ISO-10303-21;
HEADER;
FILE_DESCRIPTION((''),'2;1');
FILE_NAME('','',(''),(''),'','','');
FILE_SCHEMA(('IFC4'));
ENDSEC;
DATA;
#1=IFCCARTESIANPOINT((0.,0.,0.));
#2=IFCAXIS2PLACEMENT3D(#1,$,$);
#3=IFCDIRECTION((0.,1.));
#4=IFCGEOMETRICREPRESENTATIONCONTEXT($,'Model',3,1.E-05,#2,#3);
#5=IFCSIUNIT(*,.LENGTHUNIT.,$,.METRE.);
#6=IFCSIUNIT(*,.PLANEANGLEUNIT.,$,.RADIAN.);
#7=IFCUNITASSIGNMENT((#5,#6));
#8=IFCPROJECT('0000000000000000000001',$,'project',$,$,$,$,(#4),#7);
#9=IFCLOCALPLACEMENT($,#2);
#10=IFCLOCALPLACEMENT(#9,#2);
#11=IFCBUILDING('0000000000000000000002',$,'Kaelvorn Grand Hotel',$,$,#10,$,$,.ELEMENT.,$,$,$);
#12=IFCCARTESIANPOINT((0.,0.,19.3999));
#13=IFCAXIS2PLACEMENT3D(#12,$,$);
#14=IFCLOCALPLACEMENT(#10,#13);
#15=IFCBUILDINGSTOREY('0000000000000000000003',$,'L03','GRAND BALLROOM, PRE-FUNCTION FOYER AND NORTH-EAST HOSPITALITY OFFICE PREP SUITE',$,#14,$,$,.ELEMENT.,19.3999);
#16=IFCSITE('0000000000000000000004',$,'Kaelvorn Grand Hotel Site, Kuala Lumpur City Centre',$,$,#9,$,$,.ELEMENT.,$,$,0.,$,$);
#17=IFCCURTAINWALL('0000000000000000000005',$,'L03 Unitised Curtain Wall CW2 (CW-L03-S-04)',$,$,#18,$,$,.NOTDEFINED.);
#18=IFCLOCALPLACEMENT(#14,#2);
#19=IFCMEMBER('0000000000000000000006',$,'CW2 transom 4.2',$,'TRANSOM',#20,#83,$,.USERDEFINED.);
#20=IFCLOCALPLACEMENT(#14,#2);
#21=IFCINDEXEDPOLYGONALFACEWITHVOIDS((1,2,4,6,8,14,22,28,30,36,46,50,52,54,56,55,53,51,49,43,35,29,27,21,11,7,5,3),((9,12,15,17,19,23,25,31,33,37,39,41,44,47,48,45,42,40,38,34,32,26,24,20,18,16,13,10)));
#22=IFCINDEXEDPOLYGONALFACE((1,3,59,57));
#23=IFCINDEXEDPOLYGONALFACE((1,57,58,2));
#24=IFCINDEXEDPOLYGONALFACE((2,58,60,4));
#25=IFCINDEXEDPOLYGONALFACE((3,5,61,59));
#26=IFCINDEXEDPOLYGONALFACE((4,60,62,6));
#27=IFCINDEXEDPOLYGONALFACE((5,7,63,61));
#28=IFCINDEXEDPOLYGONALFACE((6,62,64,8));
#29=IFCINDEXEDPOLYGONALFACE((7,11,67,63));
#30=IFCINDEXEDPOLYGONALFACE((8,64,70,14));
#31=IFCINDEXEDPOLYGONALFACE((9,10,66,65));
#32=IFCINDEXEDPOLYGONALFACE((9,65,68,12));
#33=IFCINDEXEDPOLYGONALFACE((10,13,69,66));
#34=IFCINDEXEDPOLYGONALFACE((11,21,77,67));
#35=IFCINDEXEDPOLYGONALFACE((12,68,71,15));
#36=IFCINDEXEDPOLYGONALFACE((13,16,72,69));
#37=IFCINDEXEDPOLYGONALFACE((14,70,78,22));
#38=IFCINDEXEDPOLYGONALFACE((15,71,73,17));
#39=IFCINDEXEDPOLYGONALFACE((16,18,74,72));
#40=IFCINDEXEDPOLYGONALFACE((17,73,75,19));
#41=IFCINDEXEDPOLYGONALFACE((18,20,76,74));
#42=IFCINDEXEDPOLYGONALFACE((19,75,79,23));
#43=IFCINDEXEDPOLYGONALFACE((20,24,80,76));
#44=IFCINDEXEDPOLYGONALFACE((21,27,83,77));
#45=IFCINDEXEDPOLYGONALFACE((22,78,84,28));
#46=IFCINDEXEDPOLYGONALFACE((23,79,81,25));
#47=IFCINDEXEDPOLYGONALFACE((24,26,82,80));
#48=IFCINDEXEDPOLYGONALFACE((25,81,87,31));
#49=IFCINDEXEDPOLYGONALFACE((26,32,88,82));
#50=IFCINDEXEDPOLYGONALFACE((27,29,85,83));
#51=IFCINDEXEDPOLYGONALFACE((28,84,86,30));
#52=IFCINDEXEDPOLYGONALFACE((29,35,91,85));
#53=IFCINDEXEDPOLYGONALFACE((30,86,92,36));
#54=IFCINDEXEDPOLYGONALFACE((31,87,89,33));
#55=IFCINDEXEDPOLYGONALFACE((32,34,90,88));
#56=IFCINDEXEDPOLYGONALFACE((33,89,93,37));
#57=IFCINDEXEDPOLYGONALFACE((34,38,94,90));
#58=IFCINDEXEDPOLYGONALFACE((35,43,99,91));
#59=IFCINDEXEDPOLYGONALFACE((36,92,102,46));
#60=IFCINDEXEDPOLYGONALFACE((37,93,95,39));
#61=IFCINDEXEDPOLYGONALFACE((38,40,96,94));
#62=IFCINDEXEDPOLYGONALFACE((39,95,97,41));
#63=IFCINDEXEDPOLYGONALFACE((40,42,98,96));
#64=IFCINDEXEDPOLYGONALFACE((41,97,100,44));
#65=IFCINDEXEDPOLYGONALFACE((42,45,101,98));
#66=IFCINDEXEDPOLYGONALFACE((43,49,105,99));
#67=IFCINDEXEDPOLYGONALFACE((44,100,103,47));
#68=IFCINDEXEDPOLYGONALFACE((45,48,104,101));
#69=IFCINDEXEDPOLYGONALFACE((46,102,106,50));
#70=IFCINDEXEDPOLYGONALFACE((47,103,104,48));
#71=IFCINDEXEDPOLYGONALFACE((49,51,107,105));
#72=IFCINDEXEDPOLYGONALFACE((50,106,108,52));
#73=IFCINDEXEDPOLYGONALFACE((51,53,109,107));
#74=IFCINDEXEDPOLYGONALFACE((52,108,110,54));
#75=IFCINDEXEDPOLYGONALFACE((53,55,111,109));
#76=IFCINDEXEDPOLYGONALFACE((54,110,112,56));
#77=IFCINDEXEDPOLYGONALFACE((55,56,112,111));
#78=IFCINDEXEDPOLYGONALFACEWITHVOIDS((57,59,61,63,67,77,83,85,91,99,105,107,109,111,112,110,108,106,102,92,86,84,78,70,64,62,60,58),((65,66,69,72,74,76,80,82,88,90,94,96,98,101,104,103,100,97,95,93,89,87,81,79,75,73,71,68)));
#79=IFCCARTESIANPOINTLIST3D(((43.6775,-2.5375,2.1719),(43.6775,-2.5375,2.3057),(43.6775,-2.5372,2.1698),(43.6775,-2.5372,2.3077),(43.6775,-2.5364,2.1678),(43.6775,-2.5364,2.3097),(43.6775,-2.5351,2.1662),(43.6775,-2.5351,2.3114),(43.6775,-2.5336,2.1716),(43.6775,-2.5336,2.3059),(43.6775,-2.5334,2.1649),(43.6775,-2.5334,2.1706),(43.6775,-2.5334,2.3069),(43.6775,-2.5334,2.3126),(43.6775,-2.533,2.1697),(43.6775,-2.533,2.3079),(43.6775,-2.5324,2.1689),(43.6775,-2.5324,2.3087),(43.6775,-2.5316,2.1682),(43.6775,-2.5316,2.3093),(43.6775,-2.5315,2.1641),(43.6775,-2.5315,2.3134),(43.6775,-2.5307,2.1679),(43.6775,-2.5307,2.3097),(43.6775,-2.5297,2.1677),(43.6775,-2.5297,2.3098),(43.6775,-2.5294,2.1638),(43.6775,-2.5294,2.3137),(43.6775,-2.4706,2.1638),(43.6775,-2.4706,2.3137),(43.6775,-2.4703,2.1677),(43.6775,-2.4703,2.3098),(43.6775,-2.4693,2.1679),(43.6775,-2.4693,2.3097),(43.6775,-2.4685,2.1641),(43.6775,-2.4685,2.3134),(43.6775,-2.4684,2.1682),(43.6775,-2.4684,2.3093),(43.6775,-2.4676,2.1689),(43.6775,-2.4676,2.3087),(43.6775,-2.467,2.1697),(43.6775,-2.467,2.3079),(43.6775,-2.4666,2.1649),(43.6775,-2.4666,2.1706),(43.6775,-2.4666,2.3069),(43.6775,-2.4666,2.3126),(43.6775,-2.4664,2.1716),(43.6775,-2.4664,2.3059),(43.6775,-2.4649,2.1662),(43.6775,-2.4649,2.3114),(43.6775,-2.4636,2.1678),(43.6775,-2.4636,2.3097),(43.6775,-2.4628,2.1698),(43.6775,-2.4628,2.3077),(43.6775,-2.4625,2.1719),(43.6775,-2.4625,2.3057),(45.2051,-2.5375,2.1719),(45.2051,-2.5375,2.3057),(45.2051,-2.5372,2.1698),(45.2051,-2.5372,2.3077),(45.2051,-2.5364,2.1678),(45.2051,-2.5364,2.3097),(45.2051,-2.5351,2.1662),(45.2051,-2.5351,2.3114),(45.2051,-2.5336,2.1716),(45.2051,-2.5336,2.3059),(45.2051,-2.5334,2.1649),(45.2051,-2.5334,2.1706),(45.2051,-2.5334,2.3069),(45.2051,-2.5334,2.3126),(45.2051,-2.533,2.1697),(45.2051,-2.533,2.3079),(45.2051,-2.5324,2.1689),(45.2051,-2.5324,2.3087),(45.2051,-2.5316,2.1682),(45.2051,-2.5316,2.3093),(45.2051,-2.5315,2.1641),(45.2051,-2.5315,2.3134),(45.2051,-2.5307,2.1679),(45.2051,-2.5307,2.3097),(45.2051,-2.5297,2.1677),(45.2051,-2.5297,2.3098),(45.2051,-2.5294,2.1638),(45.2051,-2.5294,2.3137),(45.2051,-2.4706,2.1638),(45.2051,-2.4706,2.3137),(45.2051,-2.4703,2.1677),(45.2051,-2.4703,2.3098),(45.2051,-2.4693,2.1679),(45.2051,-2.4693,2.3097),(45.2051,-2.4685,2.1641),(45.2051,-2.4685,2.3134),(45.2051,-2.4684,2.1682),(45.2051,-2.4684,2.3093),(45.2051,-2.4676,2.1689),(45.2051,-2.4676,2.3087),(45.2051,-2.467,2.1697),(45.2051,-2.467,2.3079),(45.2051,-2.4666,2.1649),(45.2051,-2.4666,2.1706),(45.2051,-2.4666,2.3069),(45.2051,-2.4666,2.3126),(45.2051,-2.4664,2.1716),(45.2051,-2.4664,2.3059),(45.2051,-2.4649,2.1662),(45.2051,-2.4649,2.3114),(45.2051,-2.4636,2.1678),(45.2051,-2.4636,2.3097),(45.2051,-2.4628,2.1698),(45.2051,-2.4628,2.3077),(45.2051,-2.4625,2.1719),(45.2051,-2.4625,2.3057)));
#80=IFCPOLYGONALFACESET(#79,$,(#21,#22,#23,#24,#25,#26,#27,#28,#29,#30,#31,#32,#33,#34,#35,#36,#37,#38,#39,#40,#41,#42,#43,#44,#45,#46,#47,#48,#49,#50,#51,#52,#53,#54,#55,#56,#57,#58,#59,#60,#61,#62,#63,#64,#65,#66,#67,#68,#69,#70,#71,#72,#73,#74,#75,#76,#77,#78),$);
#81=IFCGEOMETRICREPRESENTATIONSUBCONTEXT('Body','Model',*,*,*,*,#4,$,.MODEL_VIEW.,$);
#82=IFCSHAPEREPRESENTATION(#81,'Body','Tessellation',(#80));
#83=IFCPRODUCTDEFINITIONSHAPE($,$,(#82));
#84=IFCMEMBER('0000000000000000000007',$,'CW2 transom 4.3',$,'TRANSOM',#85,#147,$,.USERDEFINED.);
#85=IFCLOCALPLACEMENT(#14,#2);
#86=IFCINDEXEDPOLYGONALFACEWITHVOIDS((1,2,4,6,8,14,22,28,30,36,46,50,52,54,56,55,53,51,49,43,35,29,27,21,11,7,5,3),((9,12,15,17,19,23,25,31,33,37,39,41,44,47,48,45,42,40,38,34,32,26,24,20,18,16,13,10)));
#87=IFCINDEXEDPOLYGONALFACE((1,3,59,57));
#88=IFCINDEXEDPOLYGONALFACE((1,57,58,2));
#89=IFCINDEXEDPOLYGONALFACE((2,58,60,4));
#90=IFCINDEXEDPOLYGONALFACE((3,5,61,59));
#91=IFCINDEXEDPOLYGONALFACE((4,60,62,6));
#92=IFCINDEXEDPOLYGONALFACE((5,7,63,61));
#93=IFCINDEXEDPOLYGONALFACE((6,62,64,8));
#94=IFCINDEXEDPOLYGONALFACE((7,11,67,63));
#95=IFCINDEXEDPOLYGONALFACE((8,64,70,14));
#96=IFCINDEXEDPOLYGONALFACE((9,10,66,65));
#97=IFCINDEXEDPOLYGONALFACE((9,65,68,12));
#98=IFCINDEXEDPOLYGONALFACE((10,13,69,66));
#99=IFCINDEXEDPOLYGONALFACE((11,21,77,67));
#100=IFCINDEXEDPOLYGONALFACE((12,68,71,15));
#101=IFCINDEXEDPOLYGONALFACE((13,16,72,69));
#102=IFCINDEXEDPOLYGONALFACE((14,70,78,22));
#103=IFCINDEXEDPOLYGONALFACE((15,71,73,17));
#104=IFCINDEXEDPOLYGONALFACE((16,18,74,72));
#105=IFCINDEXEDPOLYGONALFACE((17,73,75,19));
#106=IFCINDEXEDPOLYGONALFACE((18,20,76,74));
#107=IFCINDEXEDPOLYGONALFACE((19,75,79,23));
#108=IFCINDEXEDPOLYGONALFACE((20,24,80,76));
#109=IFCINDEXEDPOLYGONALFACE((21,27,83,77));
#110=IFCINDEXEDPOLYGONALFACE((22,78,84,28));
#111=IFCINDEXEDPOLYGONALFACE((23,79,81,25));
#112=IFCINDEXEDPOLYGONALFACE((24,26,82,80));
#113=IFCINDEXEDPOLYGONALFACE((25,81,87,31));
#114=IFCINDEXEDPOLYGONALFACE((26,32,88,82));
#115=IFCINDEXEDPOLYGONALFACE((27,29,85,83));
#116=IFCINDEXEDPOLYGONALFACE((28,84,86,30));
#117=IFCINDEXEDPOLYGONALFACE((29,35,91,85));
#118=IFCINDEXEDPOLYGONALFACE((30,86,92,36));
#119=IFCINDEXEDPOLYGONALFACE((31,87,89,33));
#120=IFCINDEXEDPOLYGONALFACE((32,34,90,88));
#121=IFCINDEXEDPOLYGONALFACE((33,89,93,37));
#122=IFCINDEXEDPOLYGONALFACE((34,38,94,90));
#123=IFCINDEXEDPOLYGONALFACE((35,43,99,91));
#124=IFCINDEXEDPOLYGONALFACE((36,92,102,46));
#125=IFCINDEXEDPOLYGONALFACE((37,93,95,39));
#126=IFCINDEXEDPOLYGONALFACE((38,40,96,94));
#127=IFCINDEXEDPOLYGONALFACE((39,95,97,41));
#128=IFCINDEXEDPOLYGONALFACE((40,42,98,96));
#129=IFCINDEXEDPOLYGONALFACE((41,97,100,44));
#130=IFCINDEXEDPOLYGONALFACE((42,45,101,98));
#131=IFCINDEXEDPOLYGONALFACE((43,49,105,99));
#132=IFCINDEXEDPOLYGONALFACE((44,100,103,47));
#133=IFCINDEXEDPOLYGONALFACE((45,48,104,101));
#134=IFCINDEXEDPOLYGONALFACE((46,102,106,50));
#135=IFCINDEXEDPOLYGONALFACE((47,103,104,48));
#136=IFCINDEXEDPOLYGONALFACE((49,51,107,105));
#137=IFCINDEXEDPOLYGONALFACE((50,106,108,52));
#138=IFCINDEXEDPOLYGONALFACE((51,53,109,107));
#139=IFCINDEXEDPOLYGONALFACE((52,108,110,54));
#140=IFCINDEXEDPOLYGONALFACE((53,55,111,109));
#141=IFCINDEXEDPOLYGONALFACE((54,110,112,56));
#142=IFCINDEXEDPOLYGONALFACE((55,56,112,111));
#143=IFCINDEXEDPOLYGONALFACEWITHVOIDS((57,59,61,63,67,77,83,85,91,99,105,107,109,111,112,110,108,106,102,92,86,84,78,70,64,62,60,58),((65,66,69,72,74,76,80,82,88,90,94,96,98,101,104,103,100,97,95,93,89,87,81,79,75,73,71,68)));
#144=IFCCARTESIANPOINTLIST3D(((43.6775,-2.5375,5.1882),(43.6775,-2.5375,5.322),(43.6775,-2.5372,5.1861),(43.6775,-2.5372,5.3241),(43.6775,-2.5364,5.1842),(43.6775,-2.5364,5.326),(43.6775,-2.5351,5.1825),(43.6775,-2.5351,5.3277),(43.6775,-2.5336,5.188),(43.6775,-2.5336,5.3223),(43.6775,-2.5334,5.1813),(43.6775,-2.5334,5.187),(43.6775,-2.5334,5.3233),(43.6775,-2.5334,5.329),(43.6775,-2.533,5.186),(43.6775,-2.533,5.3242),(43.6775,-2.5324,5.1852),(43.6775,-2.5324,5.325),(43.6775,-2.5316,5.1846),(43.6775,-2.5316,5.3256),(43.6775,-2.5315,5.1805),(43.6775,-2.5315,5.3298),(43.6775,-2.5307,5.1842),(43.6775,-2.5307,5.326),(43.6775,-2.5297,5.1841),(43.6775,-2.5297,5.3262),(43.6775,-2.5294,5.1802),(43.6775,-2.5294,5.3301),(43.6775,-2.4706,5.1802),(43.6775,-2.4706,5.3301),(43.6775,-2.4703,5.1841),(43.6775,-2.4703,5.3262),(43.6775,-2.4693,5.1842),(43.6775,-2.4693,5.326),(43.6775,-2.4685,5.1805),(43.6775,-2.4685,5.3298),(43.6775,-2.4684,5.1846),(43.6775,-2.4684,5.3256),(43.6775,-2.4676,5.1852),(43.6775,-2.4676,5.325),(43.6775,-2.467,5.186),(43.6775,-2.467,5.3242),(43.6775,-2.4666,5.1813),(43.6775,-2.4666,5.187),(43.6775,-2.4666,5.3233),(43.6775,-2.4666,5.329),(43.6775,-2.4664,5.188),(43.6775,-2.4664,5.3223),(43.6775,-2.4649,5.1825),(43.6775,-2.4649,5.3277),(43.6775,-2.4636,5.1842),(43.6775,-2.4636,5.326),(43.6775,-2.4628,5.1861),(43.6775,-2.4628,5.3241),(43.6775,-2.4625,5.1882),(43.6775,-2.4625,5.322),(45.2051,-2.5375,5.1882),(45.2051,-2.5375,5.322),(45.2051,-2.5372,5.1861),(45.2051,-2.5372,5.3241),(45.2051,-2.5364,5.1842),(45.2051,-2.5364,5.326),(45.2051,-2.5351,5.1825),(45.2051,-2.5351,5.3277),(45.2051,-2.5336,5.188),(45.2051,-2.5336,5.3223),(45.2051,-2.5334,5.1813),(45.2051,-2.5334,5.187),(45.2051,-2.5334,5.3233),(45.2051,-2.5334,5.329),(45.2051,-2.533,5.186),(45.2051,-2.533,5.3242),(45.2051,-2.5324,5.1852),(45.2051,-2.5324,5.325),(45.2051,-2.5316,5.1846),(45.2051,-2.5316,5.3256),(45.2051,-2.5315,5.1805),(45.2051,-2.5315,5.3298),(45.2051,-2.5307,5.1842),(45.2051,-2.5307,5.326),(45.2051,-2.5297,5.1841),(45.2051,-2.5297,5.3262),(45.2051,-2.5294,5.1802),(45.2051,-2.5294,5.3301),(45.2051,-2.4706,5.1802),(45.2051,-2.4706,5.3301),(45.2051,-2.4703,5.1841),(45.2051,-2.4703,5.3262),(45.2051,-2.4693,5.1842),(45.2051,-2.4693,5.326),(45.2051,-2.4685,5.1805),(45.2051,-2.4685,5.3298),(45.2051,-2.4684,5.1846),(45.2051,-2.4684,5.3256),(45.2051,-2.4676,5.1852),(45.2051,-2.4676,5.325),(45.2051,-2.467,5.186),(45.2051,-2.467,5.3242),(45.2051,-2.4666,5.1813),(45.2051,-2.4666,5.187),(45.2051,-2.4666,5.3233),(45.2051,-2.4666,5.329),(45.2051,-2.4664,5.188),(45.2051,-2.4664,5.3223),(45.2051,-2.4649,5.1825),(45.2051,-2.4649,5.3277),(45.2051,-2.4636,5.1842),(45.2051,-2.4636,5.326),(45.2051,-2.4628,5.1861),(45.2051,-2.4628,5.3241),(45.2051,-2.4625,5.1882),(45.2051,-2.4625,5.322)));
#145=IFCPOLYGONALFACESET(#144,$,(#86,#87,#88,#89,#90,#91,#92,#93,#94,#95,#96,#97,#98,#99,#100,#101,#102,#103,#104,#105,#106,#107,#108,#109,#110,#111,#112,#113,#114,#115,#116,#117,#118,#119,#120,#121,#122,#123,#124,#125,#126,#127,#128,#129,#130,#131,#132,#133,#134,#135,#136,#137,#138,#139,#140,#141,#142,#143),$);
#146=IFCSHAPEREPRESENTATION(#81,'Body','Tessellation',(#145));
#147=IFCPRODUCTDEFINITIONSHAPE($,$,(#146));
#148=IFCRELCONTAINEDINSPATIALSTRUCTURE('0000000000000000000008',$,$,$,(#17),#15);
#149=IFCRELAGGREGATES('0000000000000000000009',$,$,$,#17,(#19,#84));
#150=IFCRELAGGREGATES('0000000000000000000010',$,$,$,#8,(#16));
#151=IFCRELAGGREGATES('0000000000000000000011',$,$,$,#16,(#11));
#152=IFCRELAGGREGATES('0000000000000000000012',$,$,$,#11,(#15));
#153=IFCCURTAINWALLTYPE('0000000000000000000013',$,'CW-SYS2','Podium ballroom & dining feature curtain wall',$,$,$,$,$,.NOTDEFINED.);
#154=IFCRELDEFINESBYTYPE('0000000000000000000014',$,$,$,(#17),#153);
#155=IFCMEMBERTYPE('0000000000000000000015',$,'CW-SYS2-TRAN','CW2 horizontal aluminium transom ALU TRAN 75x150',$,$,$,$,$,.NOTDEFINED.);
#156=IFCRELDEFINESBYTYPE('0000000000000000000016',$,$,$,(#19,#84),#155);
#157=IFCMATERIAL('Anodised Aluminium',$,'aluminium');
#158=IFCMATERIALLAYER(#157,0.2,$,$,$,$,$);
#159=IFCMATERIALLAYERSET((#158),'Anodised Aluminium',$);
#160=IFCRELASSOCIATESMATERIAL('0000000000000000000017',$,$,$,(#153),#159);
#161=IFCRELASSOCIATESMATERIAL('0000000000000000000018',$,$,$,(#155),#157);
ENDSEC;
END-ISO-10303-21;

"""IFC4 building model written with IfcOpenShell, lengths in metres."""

from ifc_helpers import new_model, si_unit, direction, frame, origin, origin_2d, place, context, subcontext, project, spatial, hollow_rectangle, extrude, material, layer, layer_set, material_profile, profile_set, type_object, element, aggregate, save


model = new_model("IFC4")

# Units and contexts
model_context = context("Model", 3, precision=1e-05, world=origin(), true_north=direction((0.0, 1.0)))
body_context = subcontext(model_context, "Body", "Model", "MODEL_VIEW")
ifc_project = project(units=[si_unit("LENGTHUNIT", "METRE"), si_unit("PLANEANGLEUNIT", "RADIAN")], contexts=[model_context])

# Site, building, storey
site_placement = place(None, origin())
site = spatial("IfcSite", under=ifc_project, at=site_placement, Name="Kaelvorn Grand Hotel Site, Kuala Lumpur City Centre", CompositionType="ELEMENT", RefElevation=0.0)
building_placement = place(site_placement, origin())
building = spatial("IfcBuilding", under=site, at=building_placement, Name="Kaelvorn Grand Hotel", CompositionType="ELEMENT")
storey_placement = place(building_placement, frame((0.0, 0.0, 19.3999)))
storey = spatial("IfcBuildingStorey", under=building, at=storey_placement, Name="L03", Description="GRAND BALLROOM, PRE-FUNCTION FOYER AND NORTH-EAST HOSPITALITY OFFICE PREP SUITE", CompositionType="ELEMENT", Elevation=19.3999)

# Curtain wall
ifc_material_1 = material(Name="Anodised Aluminium", Category="aluminium")
ifc_layer_1 = layer(ifc_material_1, 0.2)
ifc_layer_set_1 = layer_set([ifc_layer_1], Name="Anodised Aluminium")
curtain_wall_type = type_object("IfcCurtainWallType", Name="CW-SYS2", Description="Podium ballroom & dining feature curtain wall", PredefinedType="NOTDEFINED", material=ifc_layer_set_1)
curtain_wall_1_placement = place(storey_placement, origin())
curtain_wall_1 = element("IfcCurtainWall", 1, at=curtain_wall_1_placement, inside=storey, type_object=curtain_wall_type, Name="L03 Unitised Curtain Wall CW2 (CW-L03-S-04)", PredefinedType="NOTDEFINED")

# Members
ifc_material_profile_1 = material_profile(ifc_material_1, hollow_rectangle(XDim=0.075, YDim=0.1499, WallThickness=0.0039, InnerFilletRadius=0.0039, OuterFilletRadius=0.0081, at=origin_2d()), Name="ALU TRAN 75x150")
ifc_profile_set_1 = profile_set([ifc_material_profile_1], Name="Anodised Aluminium")
member_type_1 = type_object("IfcMemberType", Name="CW-SYS2-TRAN", Description="CW2 horizontal aluminium transom ALU TRAN 75x150", PredefinedType="NOTDEFINED", material=ifc_profile_set_1)
member_1_placement = place(storey_placement, frame((43.6775, -2.5, 2.2388), z_axis=(1.0, 0.0, 0.0), x_axis=(0.0, 1.0, 0.0)))
member_1 = element("IfcMember", 2, at=member_1_placement, type_object=member_type_1, Name="CW2 transom 4.2", ObjectType="TRANSOM", PredefinedType="USERDEFINED", context=body_context, shape_type="SweptSolid", body=[
    extrude(hollow_rectangle(XDim=0.075, YDim=0.1499, WallThickness=0.0039, InnerFilletRadius=0.0039, OuterFilletRadius=0.0081, at=origin_2d()), origin(), (0.0, 0.0, 1.0), 1.5276),
])
member_2_placement = place(storey_placement, frame((43.6775, -2.5, 5.2551), z_axis=(1.0, 0.0, 0.0), x_axis=(0.0, 1.0, 0.0)))
member_2 = element("IfcMember", 3, at=member_2_placement, type_object=member_type_1, Name="CW2 transom 4.3", ObjectType="TRANSOM", PredefinedType="USERDEFINED", context=body_context, shape_type="SweptSolid", body=[
    extrude(hollow_rectangle(XDim=0.075, YDim=0.1499, WallThickness=0.0039, InnerFilletRadius=0.0039, OuterFilletRadius=0.0081, at=origin_2d()), origin(), (0.0, 0.0, 1.0), 1.5276),
])

aggregate(curtain_wall_1, [member_1, member_2])

save(model, "model.ifc")
